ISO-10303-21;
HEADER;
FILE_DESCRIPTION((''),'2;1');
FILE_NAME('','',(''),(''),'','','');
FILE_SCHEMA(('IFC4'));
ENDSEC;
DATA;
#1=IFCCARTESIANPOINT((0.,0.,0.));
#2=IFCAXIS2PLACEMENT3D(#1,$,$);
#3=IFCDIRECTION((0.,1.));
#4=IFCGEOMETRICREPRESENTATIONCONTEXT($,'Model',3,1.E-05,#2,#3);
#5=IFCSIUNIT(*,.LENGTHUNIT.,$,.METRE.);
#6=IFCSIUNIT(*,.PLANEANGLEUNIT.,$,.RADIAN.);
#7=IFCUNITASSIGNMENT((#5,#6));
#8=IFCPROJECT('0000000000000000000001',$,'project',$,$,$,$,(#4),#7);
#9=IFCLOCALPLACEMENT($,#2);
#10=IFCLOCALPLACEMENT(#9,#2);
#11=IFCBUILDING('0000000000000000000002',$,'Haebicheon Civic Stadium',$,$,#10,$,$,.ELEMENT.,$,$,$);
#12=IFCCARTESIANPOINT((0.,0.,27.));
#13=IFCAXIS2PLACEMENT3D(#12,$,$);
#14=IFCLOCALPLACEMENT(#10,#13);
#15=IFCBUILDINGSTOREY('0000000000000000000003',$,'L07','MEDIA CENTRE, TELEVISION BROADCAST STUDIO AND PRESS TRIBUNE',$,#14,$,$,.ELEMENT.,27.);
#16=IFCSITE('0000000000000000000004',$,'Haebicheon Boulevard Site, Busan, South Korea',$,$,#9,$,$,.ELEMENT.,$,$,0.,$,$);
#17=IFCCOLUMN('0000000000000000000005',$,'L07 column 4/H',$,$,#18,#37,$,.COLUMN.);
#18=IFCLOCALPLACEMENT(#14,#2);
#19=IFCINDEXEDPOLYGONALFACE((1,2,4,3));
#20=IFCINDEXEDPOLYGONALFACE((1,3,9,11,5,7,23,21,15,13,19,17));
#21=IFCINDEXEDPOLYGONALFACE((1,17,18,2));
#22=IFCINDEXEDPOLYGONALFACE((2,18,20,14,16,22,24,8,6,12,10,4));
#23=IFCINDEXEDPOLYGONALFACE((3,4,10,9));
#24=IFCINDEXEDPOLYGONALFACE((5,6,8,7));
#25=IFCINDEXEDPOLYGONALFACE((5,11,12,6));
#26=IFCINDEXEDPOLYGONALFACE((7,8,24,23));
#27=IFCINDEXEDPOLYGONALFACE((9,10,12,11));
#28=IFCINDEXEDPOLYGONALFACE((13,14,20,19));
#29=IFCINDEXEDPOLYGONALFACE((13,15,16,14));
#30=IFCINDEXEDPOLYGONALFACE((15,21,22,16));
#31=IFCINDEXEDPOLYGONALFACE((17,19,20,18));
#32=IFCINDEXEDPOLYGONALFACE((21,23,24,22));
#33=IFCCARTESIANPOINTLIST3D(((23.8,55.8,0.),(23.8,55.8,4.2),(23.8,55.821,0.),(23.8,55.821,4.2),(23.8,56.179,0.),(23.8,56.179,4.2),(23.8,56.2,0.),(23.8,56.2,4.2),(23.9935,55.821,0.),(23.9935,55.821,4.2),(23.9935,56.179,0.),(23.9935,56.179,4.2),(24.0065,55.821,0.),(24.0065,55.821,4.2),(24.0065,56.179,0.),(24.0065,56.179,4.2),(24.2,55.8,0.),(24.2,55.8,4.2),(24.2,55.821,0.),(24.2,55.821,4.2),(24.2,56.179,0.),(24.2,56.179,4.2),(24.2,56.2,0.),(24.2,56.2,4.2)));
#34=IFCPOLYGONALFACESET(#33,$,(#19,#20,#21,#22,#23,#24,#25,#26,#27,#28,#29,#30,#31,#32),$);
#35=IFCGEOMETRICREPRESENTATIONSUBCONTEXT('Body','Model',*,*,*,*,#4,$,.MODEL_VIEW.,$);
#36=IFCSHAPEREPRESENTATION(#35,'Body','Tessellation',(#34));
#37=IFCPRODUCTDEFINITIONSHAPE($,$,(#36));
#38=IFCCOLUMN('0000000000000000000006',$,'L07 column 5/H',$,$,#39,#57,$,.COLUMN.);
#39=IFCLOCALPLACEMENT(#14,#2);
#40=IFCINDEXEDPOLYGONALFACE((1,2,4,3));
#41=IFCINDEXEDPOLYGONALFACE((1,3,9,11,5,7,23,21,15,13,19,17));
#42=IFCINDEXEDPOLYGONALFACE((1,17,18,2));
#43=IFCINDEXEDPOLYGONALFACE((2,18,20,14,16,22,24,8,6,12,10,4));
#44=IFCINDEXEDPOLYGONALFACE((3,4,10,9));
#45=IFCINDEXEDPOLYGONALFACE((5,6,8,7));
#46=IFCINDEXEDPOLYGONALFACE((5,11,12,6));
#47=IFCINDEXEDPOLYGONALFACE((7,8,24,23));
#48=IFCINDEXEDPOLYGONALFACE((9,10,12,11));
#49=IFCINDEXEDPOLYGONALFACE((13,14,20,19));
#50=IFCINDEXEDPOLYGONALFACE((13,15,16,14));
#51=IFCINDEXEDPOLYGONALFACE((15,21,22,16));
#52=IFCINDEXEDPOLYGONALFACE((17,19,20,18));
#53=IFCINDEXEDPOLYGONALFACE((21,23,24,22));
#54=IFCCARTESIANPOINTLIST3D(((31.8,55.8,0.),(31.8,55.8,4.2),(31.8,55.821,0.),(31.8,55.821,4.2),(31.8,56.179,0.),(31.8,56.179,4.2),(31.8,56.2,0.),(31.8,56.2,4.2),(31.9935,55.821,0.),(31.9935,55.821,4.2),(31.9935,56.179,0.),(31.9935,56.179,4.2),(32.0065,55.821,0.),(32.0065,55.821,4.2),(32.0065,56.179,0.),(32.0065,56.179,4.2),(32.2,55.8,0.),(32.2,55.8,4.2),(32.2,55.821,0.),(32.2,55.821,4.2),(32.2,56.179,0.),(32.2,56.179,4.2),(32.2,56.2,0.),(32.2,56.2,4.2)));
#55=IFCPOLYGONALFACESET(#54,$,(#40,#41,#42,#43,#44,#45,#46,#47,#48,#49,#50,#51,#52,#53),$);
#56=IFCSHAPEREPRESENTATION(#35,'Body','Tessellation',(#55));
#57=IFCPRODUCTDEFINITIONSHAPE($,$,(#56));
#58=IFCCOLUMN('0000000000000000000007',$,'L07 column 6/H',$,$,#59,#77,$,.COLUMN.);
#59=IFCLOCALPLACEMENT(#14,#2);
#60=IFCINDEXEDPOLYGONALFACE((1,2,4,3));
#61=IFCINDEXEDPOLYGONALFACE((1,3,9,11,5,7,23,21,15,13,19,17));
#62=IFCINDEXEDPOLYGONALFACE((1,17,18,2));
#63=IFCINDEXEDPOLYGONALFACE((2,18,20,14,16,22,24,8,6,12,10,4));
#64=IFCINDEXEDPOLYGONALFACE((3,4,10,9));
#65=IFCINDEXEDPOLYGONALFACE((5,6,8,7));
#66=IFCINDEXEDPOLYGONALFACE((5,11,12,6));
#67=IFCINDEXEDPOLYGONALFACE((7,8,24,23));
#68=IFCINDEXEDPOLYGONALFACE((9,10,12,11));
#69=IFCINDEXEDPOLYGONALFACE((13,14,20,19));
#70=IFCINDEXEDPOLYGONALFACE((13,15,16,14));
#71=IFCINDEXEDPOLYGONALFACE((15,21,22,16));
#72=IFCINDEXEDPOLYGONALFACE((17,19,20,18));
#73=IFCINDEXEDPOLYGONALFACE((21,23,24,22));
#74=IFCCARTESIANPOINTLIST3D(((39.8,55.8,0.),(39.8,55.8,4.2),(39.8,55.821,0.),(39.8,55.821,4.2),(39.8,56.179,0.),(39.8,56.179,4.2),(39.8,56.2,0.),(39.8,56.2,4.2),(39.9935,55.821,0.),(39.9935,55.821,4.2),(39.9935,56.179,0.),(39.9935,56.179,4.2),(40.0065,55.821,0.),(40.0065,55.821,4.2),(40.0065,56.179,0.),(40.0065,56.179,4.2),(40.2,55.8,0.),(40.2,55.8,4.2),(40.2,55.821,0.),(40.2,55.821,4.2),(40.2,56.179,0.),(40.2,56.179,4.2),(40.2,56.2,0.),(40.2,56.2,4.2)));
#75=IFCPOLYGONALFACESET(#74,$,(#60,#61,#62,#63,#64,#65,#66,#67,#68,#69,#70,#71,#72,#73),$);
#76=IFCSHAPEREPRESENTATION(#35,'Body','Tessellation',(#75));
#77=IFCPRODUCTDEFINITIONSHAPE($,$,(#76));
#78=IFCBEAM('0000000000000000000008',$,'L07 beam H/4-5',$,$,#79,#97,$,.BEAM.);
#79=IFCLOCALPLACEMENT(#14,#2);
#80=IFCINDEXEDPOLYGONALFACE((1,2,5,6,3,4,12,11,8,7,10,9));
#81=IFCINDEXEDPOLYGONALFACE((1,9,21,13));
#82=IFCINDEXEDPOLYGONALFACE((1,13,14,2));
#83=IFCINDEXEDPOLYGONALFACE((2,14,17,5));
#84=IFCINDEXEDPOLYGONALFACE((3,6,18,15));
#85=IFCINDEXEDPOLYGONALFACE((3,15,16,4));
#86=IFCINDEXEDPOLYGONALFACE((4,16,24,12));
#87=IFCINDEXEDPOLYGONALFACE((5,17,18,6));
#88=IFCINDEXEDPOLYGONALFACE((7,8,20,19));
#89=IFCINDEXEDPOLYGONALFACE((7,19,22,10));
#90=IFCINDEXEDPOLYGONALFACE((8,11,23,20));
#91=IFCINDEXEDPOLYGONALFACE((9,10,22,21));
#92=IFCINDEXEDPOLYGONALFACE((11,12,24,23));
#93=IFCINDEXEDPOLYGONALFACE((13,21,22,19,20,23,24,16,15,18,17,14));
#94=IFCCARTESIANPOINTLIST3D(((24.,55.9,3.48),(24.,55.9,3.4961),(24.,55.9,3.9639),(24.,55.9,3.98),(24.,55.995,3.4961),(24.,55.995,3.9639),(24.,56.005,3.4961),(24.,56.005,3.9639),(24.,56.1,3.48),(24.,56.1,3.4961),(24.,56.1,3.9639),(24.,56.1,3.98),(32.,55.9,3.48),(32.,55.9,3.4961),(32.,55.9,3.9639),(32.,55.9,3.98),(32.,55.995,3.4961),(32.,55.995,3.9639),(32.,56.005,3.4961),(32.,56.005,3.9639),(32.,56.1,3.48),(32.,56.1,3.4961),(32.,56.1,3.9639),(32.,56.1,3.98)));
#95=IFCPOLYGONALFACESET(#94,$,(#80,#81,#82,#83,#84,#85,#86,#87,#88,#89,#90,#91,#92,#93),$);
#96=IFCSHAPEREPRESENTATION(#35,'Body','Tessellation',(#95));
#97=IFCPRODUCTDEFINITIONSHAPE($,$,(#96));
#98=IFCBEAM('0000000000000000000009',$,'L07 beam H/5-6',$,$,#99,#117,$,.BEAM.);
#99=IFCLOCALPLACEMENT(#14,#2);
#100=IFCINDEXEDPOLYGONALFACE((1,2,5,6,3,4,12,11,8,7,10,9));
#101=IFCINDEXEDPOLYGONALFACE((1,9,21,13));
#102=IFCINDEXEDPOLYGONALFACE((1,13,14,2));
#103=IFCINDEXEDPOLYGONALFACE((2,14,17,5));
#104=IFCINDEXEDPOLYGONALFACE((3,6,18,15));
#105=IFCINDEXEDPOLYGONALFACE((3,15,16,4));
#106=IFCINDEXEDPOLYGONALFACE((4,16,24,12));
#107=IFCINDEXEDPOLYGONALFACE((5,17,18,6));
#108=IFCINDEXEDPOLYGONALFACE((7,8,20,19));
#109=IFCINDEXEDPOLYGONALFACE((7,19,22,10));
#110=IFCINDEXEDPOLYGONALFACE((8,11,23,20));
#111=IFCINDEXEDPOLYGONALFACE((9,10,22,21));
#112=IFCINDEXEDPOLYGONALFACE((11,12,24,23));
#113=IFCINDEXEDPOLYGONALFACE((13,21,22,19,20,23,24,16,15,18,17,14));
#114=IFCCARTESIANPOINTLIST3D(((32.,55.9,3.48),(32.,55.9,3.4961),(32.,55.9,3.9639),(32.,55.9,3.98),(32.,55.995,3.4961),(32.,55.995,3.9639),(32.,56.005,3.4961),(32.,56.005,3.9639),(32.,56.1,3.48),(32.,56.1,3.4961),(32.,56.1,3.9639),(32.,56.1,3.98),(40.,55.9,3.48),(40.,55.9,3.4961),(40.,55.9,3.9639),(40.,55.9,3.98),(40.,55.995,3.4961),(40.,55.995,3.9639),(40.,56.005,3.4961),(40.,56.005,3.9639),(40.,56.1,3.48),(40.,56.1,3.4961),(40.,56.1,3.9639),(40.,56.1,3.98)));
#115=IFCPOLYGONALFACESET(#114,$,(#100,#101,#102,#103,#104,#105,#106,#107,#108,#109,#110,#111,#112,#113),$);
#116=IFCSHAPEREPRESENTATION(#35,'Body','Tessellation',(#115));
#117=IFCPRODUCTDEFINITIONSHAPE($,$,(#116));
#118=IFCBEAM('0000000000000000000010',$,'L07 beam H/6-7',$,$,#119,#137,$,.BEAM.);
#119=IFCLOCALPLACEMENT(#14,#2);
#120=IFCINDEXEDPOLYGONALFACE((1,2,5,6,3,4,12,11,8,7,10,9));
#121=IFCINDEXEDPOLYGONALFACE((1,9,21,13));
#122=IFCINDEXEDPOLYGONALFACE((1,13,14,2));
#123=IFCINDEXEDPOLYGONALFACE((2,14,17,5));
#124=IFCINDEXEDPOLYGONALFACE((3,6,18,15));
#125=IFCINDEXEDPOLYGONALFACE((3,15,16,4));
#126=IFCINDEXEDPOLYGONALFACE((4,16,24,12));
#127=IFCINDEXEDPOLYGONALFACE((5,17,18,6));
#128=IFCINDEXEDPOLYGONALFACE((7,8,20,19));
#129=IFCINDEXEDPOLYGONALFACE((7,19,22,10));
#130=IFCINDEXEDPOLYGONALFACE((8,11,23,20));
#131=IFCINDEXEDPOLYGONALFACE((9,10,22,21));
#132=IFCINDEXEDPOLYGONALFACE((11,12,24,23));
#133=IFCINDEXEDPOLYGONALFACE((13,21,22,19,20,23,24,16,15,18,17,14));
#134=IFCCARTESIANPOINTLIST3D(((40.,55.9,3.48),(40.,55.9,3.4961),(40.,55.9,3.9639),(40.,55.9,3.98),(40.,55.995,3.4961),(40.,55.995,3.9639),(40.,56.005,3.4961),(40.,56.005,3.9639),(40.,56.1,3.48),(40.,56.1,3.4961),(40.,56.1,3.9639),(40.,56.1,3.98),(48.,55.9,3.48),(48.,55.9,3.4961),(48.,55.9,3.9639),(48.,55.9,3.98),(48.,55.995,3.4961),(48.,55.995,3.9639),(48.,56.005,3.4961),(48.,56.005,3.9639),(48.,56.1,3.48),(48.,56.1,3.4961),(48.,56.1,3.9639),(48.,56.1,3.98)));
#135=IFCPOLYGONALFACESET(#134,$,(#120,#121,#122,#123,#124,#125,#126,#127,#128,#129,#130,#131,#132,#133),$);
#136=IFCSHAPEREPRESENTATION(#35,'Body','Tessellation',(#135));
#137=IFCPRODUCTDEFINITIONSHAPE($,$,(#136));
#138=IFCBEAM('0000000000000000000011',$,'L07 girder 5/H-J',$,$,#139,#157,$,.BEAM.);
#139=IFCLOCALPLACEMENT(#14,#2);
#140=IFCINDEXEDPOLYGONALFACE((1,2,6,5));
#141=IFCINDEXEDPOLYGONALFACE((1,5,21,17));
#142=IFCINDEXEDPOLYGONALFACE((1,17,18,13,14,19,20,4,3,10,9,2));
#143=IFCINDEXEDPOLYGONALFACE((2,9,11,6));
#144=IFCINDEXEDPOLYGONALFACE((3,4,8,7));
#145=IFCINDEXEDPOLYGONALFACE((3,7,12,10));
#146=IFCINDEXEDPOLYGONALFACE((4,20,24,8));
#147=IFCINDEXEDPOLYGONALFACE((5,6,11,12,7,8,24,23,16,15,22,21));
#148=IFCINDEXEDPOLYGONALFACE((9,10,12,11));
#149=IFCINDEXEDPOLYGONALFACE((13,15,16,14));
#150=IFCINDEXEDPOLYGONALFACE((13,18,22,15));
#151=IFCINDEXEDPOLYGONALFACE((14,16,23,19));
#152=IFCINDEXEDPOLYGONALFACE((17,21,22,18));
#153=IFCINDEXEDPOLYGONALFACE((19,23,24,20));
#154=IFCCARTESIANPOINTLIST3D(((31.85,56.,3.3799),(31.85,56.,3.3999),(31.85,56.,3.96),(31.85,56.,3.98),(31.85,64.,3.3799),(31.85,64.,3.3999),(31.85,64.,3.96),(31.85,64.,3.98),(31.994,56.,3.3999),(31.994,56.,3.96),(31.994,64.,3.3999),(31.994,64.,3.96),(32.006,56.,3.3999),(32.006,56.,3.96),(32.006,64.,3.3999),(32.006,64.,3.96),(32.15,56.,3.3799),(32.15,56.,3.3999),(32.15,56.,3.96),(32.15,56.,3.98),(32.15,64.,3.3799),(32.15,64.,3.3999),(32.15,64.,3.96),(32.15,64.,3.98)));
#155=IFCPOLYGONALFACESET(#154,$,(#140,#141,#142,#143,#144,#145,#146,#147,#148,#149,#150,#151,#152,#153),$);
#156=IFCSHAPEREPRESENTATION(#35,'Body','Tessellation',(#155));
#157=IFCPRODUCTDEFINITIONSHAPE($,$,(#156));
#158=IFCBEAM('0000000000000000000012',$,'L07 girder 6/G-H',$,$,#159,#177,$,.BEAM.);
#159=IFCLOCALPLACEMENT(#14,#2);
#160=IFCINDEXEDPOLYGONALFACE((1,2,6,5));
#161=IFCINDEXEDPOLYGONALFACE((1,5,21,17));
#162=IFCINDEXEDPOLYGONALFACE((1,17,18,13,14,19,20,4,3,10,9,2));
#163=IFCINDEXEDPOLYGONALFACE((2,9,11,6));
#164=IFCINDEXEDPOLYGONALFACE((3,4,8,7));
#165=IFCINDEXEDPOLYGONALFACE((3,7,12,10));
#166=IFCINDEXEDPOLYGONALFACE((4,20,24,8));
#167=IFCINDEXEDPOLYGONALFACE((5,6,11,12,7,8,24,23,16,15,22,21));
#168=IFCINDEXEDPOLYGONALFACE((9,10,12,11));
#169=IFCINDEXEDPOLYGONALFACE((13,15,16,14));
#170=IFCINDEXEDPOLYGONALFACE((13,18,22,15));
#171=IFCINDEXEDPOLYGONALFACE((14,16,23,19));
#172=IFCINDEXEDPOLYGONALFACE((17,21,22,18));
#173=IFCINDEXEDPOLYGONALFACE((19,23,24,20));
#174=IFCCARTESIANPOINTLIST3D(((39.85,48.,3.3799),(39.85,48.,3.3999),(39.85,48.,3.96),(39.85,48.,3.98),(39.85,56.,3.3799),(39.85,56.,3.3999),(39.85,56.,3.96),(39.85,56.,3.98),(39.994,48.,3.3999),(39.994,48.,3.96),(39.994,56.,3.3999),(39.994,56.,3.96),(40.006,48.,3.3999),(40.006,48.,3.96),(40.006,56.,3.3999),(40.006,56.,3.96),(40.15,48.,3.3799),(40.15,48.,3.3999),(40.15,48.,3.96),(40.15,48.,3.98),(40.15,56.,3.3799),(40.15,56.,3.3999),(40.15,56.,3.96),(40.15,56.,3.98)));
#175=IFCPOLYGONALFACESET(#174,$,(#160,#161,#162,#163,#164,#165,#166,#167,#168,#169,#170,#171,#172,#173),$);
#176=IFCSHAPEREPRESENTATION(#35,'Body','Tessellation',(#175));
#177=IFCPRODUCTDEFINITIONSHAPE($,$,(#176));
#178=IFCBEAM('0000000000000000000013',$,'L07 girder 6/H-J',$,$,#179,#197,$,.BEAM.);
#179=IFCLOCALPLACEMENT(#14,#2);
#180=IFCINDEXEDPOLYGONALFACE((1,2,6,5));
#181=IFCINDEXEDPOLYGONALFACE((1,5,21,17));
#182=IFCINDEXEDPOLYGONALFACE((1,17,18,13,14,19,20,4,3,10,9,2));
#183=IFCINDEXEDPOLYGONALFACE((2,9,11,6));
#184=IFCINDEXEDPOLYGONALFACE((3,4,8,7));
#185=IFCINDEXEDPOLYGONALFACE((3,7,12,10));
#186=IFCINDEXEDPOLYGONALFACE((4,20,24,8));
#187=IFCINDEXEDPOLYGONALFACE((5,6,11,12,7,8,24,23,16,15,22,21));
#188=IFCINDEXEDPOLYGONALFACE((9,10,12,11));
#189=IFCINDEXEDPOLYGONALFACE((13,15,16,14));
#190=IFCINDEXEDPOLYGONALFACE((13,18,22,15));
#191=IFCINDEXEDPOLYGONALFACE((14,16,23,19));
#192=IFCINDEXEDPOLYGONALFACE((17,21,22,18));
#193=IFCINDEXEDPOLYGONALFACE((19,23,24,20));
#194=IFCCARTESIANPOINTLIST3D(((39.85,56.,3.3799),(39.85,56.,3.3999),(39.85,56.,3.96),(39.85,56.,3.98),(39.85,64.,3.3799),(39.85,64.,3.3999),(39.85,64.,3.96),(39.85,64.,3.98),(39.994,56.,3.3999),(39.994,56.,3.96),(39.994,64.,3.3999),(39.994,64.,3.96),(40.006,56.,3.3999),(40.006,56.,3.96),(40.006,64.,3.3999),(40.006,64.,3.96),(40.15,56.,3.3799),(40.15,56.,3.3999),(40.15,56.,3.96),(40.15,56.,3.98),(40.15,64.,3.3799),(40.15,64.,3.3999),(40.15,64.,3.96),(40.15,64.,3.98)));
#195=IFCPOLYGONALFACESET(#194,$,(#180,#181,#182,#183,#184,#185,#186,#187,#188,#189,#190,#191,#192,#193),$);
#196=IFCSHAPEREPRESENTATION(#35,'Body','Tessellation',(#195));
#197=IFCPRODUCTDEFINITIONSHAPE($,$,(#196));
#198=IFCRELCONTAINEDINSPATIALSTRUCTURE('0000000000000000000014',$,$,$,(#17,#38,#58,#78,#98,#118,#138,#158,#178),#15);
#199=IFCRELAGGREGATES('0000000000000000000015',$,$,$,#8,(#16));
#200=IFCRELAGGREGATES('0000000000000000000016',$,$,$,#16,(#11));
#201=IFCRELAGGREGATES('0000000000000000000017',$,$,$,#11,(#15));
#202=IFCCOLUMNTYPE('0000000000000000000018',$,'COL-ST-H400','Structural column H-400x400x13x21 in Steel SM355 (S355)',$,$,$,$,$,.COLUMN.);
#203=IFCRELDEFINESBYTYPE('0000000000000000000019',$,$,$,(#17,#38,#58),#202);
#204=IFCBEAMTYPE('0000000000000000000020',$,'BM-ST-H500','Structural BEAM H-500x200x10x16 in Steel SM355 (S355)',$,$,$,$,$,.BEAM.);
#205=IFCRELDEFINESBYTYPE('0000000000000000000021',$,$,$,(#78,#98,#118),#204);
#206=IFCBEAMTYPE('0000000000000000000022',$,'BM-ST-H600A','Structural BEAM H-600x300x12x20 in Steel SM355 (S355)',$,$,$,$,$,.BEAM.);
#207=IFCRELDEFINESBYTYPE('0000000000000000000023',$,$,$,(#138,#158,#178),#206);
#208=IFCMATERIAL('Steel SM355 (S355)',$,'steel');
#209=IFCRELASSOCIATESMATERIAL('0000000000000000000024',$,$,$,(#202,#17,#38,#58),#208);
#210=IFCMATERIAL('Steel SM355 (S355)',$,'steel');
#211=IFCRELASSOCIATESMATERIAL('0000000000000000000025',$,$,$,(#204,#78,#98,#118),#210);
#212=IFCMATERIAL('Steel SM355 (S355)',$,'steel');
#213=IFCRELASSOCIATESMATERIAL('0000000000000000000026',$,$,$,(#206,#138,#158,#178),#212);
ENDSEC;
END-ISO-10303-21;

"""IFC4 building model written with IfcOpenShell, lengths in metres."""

from ifc_helpers import new_model, si_unit, direction, frame, origin, origin_2d, place, context, subcontext, project, spatial, i_section, extrude, material, material_profile, profile_set, type_object, element, save


model = new_model("IFC4")

# Units and contexts
model_context = context("Model", 3, precision=1e-05, world=origin(), true_north=direction((0.0, 1.0)))
body_context = subcontext(model_context, "Body", "Model", "MODEL_VIEW")
ifc_project = project(units=[si_unit("LENGTHUNIT", "METRE"), si_unit("PLANEANGLEUNIT", "RADIAN")], contexts=[model_context])

# Site, building, storey
site_placement = place(None, origin())
site = spatial("IfcSite", under=ifc_project, at=site_placement, Name="Haebicheon Boulevard Site, Busan, South Korea", CompositionType="ELEMENT", RefElevation=0.0)
building_placement = place(site_placement, origin())
building = spatial("IfcBuilding", under=site, at=building_placement, Name="Haebicheon Civic Stadium", CompositionType="ELEMENT")
storey_placement = place(building_placement, frame((0.0, 0.0, 27.0)))
storey = spatial("IfcBuildingStorey", under=building, at=storey_placement, Name="L07", Description="MEDIA CENTRE, TELEVISION BROADCAST STUDIO AND PRESS TRIBUNE", CompositionType="ELEMENT", Elevation=27.0)

# Columns
ifc_material_1 = material(Name="Steel SM355 (S355)", Category="steel")
ifc_material_profile_1 = material_profile(ifc_material_1, i_section(OverallWidth=0.3999, OverallDepth=0.3999, WebThickness=0.0129, FlangeThickness=0.021, at=origin_2d()), Name="H-400x400x13x21")
ifc_profile_set_1 = profile_set([ifc_material_profile_1], Name="Steel SM355 (S355)")
column_type = type_object("IfcColumnType", Name="COL-ST-H400", Description="Structural column H-400x400x13x21 in Steel SM355 (S355)", PredefinedType="COLUMN", material=ifc_profile_set_1)
for number, where, z_axis, x_axis, name in (
    (1, (24.0, 56.0, 0.0), (0.0, 0.0, 1.0), (1.0, 0.0, 0.0), "L07 column 4/H"),
    (2, (32.0, 56.0, 0.0), (0.0, 0.0, 1.0), (1.0, 0.0, 0.0), "L07 column 5/H"),
    (3, (40.0, 56.0, 0.0), (0.0, 0.0, 1.0), (1.0, 0.0, 0.0), "L07 column 6/H"),
):
    element("IfcColumn", number, at=place(storey_placement, frame(where, z_axis=z_axis, x_axis=x_axis)), inside=storey, type_object=column_type, material=ifc_profile_set_1, Name=name, PredefinedType="COLUMN", context=body_context, shape_type="SweptSolid", body=[
        extrude(i_section(OverallWidth=0.3999, OverallDepth=0.3999, WebThickness=0.0129, FlangeThickness=0.021, at=origin_2d()), origin(), (0.0, 0.0, 1.0), 4.2),
    ])

# Beams
ifc_material_2 = material(Name="Steel SM355 (S355)", Category="steel")
ifc_material_profile_2 = material_profile(ifc_material_2, i_section(OverallWidth=0.2, OverallDepth=0.5, WebThickness=0.01, FlangeThickness=0.0161, at=origin_2d()), Name="H-500x200x10x16")
ifc_profile_set_2 = profile_set([ifc_material_profile_2], Name="Steel SM355 (S355)")
beam_type_1 = type_object("IfcBeamType", Name="BM-ST-H500", Description="Structural BEAM H-500x200x10x16 in Steel SM355 (S355)", PredefinedType="BEAM", material=ifc_profile_set_2)
for number, where, z_axis, x_axis, name in (
    (4, (24.0, 56.0, 3.73), (1.0, 0.0, 0.0), (0.0, 1.0, 0.0), "L07 beam H/4-5"),
    (5, (32.0, 56.0, 3.73), (1.0, 0.0, 0.0), (0.0, 1.0, 0.0), "L07 beam H/5-6"),
    (6, (40.0, 56.0, 3.73), (1.0, 0.0, 0.0), (0.0, 1.0, 0.0), "L07 beam H/6-7"),
):
    element("IfcBeam", number, at=place(storey_placement, frame(where, z_axis=z_axis, x_axis=x_axis)), inside=storey, type_object=beam_type_1, material=ifc_profile_set_2, Name=name, PredefinedType="BEAM", context=body_context, shape_type="SweptSolid", body=[
        extrude(i_section(OverallWidth=0.2, OverallDepth=0.5, WebThickness=0.01, FlangeThickness=0.0161, at=origin_2d()), origin(), (0.0, 0.0, 1.0), 8.0),
    ])
ifc_material_3 = material(Name="Steel SM355 (S355)", Category="steel")
ifc_material_profile_3 = material_profile(ifc_material_3, i_section(OverallWidth=0.3, OverallDepth=0.6001, WebThickness=0.012, FlangeThickness=0.02, at=origin_2d()), Name="H-600x300x12x20")
ifc_profile_set_3 = profile_set([ifc_material_profile_3], Name="Steel SM355 (S355)")
beam_type_2 = type_object("IfcBeamType", Name="BM-ST-H600A", Description="Structural BEAM H-600x300x12x20 in Steel SM355 (S355)", PredefinedType="BEAM", material=ifc_profile_set_3)
for number, where, z_axis, x_axis, name in (
    (7, (32.0, 56.0, 3.6799), (0.0, 1.0, 0.0), (-1.0, 0.0, 0.0), "L07 girder 5/H-J"),
    (8, (40.0, 48.0, 3.6799), (0.0, 1.0, 0.0), (-1.0, 0.0, 0.0), "L07 girder 6/G-H"),
    (9, (40.0, 56.0, 3.6799), (0.0, 1.0, 0.0), (-1.0, 0.0, 0.0), "L07 girder 6/H-J"),
):
    element("IfcBeam", number, at=place(storey_placement, frame(where, z_axis=z_axis, x_axis=x_axis)), inside=storey, type_object=beam_type_2, material=ifc_profile_set_3, Name=name, PredefinedType="BEAM", context=body_context, shape_type="SweptSolid", body=[
        extrude(i_section(OverallWidth=0.3, OverallDepth=0.6001, WebThickness=0.012, FlangeThickness=0.02, at=origin_2d()), origin(), (0.0, 0.0, 1.0), 8.0),
    ])

save(model, "model.ifc")
